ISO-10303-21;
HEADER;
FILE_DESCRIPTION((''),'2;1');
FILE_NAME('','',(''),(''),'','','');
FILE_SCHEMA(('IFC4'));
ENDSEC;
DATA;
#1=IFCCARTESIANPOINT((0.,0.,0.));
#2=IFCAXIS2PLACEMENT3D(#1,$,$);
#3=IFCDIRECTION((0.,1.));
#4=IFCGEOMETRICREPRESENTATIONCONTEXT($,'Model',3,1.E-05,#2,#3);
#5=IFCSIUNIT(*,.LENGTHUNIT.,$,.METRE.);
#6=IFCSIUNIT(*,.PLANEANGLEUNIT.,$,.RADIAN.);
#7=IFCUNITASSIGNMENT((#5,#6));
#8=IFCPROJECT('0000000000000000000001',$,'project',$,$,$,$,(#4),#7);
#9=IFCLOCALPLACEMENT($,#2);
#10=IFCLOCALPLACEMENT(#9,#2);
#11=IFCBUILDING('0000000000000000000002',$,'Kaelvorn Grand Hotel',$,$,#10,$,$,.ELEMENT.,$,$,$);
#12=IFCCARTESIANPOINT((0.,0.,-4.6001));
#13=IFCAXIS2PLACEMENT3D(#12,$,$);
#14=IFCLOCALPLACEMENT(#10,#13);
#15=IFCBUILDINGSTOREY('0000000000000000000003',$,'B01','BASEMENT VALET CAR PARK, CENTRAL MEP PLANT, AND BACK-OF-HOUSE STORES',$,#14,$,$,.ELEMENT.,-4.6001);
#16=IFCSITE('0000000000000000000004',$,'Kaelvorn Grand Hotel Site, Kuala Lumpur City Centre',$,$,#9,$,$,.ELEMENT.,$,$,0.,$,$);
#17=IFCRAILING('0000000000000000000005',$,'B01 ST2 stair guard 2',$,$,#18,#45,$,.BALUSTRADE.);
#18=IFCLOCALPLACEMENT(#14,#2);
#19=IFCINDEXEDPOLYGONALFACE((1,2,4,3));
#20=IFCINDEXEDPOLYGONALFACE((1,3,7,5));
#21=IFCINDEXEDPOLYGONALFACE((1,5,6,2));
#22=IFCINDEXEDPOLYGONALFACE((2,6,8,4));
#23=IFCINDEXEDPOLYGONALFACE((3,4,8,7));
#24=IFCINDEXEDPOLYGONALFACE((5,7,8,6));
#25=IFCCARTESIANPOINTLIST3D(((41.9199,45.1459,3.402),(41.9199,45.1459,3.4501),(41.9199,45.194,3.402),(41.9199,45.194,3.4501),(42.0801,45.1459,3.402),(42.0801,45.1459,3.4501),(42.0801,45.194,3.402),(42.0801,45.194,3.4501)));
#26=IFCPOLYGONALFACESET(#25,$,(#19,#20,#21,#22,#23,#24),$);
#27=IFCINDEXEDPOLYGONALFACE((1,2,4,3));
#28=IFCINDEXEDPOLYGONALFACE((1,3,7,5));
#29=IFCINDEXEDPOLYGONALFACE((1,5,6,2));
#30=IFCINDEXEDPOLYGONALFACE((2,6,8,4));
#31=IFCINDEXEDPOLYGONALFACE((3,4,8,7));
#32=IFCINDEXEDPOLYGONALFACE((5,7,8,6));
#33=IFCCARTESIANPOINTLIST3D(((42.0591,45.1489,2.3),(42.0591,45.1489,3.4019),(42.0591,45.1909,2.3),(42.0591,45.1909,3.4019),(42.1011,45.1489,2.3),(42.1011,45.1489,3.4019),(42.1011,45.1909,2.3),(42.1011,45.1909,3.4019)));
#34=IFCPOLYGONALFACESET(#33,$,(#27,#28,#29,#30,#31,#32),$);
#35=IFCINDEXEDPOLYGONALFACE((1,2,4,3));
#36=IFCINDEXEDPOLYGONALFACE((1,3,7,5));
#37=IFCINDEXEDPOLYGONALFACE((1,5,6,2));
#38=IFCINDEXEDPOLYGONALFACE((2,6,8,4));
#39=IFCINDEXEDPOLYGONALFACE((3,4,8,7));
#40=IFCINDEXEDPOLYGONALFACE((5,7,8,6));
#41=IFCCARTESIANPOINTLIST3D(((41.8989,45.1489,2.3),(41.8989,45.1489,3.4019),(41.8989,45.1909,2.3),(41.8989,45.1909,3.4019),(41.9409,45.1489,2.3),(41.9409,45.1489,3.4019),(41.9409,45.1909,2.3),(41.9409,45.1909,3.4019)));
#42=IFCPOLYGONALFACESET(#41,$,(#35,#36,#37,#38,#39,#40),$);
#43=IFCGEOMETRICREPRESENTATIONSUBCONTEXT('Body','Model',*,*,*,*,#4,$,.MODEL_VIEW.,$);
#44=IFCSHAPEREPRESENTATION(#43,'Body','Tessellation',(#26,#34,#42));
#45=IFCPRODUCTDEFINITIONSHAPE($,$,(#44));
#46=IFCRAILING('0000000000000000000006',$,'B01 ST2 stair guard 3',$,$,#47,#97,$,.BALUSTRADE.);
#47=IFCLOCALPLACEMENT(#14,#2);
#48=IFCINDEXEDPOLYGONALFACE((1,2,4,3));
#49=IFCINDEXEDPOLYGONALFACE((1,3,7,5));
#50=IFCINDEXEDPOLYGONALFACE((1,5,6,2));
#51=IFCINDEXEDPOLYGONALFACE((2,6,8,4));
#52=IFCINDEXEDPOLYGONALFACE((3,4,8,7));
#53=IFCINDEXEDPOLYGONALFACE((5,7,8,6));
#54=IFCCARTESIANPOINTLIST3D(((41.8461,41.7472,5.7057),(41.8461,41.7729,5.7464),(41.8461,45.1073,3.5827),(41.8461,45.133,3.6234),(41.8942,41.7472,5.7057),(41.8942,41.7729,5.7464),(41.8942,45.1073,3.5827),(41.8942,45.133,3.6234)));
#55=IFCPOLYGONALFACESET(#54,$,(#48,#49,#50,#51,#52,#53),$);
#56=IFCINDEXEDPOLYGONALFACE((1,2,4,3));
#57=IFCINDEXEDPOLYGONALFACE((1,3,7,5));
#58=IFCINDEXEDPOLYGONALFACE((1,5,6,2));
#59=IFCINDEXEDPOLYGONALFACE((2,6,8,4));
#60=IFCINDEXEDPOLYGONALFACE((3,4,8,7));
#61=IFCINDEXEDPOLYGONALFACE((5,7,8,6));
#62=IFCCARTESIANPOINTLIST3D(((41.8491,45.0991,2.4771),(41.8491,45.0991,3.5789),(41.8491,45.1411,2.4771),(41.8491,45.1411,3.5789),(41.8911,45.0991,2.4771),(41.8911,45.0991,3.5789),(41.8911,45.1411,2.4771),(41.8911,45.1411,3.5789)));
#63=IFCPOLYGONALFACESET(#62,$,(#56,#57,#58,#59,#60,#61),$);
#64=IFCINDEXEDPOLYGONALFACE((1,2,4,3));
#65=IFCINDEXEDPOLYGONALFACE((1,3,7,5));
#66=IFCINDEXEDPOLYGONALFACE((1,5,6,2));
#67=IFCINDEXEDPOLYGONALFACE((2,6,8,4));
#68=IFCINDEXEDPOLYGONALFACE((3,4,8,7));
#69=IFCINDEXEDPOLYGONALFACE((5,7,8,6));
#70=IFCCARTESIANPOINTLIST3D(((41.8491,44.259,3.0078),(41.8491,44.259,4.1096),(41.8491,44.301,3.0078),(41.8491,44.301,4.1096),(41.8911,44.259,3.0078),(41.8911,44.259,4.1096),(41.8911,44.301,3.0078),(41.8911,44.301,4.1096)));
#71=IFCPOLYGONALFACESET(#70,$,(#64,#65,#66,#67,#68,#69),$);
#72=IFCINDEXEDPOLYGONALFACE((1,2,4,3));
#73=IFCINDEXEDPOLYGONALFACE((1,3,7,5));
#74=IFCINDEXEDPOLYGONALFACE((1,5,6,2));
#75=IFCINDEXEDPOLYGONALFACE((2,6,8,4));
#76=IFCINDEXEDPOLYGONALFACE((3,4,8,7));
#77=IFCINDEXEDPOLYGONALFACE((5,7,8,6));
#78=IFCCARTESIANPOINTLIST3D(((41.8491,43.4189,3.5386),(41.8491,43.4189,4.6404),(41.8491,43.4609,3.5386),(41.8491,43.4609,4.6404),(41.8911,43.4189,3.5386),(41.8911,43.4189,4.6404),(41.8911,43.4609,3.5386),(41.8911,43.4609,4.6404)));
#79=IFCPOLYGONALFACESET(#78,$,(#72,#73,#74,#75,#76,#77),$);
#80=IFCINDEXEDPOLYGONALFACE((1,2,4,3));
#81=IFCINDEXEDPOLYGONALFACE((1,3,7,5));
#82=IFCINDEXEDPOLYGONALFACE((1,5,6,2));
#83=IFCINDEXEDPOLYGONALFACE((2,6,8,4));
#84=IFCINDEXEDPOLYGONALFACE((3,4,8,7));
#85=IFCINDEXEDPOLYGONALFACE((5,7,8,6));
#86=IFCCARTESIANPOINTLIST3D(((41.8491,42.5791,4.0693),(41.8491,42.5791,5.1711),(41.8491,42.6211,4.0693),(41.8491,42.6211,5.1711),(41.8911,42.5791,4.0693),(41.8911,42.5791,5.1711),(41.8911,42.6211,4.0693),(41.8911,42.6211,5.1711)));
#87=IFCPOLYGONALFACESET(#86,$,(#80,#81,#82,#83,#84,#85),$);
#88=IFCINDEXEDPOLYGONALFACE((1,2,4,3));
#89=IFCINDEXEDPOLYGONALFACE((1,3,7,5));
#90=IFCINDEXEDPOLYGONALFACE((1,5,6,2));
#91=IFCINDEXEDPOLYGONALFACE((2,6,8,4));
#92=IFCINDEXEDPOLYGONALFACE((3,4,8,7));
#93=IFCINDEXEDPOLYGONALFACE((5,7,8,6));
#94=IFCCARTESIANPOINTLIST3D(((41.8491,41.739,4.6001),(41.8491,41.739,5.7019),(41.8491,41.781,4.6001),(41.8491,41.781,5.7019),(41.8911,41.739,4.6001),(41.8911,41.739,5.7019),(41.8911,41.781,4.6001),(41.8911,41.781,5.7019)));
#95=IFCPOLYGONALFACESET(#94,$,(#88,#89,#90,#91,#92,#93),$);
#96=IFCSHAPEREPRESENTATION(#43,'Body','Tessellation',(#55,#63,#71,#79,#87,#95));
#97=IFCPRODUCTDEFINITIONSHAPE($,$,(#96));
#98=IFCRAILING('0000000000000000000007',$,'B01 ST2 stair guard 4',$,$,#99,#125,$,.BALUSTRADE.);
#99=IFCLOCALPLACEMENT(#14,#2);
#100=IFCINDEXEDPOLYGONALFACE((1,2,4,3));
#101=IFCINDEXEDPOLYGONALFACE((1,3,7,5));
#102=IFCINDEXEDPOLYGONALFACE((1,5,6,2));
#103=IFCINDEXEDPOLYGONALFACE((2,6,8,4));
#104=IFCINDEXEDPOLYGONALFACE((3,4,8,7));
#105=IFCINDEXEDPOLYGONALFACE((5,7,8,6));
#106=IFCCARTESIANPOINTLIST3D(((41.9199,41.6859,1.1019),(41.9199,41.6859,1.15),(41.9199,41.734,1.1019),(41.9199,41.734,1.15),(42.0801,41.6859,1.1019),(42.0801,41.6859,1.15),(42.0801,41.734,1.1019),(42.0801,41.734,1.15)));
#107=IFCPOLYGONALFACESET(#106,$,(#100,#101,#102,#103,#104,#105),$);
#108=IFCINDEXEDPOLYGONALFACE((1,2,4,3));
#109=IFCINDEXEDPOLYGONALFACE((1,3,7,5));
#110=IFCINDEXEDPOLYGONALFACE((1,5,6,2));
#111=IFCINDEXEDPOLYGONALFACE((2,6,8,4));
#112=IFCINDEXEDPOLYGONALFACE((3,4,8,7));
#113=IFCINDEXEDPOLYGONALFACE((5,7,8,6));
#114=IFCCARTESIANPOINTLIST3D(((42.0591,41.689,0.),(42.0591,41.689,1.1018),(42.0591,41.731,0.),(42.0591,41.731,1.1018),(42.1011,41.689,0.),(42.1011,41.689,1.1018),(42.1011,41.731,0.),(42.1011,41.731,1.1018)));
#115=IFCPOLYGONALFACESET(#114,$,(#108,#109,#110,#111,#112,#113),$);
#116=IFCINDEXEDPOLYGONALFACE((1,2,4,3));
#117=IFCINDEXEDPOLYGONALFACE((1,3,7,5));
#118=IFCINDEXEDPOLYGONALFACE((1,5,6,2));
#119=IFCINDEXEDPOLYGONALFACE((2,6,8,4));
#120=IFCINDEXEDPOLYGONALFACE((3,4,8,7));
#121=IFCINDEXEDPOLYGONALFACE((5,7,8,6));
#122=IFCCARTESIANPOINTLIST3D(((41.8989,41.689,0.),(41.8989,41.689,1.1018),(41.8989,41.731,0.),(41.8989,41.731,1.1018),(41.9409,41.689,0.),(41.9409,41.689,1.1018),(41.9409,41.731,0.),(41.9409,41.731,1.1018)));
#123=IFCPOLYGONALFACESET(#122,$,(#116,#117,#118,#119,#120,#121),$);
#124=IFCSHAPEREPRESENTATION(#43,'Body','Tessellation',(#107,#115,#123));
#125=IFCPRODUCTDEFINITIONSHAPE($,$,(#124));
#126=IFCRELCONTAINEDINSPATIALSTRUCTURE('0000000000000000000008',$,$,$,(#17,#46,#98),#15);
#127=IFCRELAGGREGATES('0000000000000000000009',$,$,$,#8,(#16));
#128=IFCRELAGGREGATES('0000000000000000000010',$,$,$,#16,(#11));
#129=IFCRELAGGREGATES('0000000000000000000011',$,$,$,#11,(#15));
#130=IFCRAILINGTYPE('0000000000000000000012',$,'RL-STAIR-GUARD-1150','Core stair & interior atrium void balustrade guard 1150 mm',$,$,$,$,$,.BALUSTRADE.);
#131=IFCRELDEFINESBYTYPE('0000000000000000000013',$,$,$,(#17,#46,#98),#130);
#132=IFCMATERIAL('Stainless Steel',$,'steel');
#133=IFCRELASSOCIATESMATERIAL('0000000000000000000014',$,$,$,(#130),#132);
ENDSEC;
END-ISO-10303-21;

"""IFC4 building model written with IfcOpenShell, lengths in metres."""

from ifc_helpers import new_model, si_unit, direction, frame, origin, origin_2d, place, context, subcontext, project, spatial, rectangle, extrude, material, type_object, element, save


model = new_model("IFC4")

# Units and contexts
model_context = context("Model", 3, precision=1e-05, world=origin(), true_north=direction((0.0, 1.0)))
body_context = subcontext(model_context, "Body", "Model", "MODEL_VIEW")
ifc_project = project(units=[si_unit("LENGTHUNIT", "METRE"), si_unit("PLANEANGLEUNIT", "RADIAN")], contexts=[model_context])

# Site, building, storey
site_placement = place(None, origin())
site = spatial("IfcSite", under=ifc_project, at=site_placement, Name="Kaelvorn Grand Hotel Site, Kuala Lumpur City Centre", CompositionType="ELEMENT", RefElevation=0.0)
building_placement = place(site_placement, origin())
building = spatial("IfcBuilding", under=site, at=building_placement, Name="Kaelvorn Grand Hotel", CompositionType="ELEMENT")
storey_placement = place(building_placement, frame((0.0, 0.0, -4.6001)))
storey = spatial("IfcBuildingStorey", under=building, at=storey_placement, Name="B01", Description="BASEMENT VALET CAR PARK, CENTRAL MEP PLANT, AND BACK-OF-HOUSE STORES", CompositionType="ELEMENT", Elevation=-4.6001)

# Railings
ifc_material_1 = material(Name="Stainless Steel", Category="steel")
railing_type_1 = type_object("IfcRailingType", Name="RL-STAIR-GUARD-1150", Description="Core stair & interior atrium void balustrade guard 1150 mm", PredefinedType="BALUSTRADE", material=ifc_material_1)
railing_1_placement = place(storey_placement, frame((42.0801, 45.1699, 2.3)))
element("IfcRailing", 1, at=railing_1_placement, inside=storey, type_object=railing_type_1, Name="B01 ST2 stair guard 2", PredefinedType="BALUSTRADE", context=body_context, shape_type="SweptSolid", body=[
    extrude(rectangle(XDim=0.0481, YDim=0.0481, at=origin_2d()), frame((0.0, 0.0, 1.126), z_axis=(-1.0, 0.0, 0.0), x_axis=(0.0, -1.0, 0.0)), (0.0, 0.0, 1.0), 0.1602),
    extrude(rectangle(XDim=0.042, YDim=0.042, at=origin_2d()), origin(), (0.0, 0.0, 1.0), 1.1018),
    extrude(rectangle(XDim=0.042, YDim=0.042, at=origin_2d()), frame((-0.1602, 0.0, 0.0)), (0.0, 0.0, 1.0), 1.1018),
])
railing_2_placement = place(storey_placement, frame((41.8701, 45.1201, 2.4771)))
element("IfcRailing", 2, at=railing_2_placement, inside=storey, type_object=railing_type_1, Name="B01 ST2 stair guard 3", PredefinedType="BALUSTRADE", context=body_context, shape_type="SweptSolid", body=[
    extrude(rectangle(XDim=0.0481, YDim=0.0481, at=origin_2d()), frame((0.0, 0.0, 1.126), z_axis=(0.0, -0.84539, 0.53415), x_axis=(1.0, 0.0, 0.0)), (0.0, 0.0, 1.0), 3.9746),
    extrude(rectangle(XDim=0.042, YDim=0.042, at=origin_2d()), origin(), (0.0, 0.0, 1.0), 1.1018),
    extrude(rectangle(XDim=0.042, YDim=0.042, at=origin_2d()), frame((0.0, -0.8401, 0.5308)), (0.0, 0.0, 1.0), 1.1018),
    extrude(rectangle(XDim=0.042, YDim=0.042, at=origin_2d()), frame((0.0, -1.6802, 1.0615)), (0.0, 0.0, 1.0), 1.1018),
    extrude(rectangle(XDim=0.042, YDim=0.042, at=origin_2d()), frame((0.0, -2.52, 1.5923)), (0.0, 0.0, 1.0), 1.1018),
    extrude(rectangle(XDim=0.042, YDim=0.042, at=origin_2d()), frame((0.0, -3.3601, 2.123)), (0.0, 0.0, 1.0), 1.1018),
])
railing_3_placement = place(storey_placement, frame((42.0801, 41.71, 0.0)))
element("IfcRailing", 3, at=railing_3_placement, inside=storey, type_object=railing_type_1, Name="B01 ST2 stair guard 4", PredefinedType="BALUSTRADE", context=body_context, shape_type="SweptSolid", body=[
    extrude(rectangle(XDim=0.0481, YDim=0.0481, at=origin_2d()), frame((0.0, 0.0, 1.126), z_axis=(-1.0, 0.0, 0.0), x_axis=(0.0, -1.0, 0.0)), (0.0, 0.0, 1.0), 0.1602),
    extrude(rectangle(XDim=0.042, YDim=0.042, at=origin_2d()), origin(), (0.0, 0.0, 1.0), 1.1018),
    extrude(rectangle(XDim=0.042, YDim=0.042, at=origin_2d()), frame((-0.1602, 0.0, 0.0)), (0.0, 0.0, 1.0), 1.1018),
])

save(model, "model.ifc")
